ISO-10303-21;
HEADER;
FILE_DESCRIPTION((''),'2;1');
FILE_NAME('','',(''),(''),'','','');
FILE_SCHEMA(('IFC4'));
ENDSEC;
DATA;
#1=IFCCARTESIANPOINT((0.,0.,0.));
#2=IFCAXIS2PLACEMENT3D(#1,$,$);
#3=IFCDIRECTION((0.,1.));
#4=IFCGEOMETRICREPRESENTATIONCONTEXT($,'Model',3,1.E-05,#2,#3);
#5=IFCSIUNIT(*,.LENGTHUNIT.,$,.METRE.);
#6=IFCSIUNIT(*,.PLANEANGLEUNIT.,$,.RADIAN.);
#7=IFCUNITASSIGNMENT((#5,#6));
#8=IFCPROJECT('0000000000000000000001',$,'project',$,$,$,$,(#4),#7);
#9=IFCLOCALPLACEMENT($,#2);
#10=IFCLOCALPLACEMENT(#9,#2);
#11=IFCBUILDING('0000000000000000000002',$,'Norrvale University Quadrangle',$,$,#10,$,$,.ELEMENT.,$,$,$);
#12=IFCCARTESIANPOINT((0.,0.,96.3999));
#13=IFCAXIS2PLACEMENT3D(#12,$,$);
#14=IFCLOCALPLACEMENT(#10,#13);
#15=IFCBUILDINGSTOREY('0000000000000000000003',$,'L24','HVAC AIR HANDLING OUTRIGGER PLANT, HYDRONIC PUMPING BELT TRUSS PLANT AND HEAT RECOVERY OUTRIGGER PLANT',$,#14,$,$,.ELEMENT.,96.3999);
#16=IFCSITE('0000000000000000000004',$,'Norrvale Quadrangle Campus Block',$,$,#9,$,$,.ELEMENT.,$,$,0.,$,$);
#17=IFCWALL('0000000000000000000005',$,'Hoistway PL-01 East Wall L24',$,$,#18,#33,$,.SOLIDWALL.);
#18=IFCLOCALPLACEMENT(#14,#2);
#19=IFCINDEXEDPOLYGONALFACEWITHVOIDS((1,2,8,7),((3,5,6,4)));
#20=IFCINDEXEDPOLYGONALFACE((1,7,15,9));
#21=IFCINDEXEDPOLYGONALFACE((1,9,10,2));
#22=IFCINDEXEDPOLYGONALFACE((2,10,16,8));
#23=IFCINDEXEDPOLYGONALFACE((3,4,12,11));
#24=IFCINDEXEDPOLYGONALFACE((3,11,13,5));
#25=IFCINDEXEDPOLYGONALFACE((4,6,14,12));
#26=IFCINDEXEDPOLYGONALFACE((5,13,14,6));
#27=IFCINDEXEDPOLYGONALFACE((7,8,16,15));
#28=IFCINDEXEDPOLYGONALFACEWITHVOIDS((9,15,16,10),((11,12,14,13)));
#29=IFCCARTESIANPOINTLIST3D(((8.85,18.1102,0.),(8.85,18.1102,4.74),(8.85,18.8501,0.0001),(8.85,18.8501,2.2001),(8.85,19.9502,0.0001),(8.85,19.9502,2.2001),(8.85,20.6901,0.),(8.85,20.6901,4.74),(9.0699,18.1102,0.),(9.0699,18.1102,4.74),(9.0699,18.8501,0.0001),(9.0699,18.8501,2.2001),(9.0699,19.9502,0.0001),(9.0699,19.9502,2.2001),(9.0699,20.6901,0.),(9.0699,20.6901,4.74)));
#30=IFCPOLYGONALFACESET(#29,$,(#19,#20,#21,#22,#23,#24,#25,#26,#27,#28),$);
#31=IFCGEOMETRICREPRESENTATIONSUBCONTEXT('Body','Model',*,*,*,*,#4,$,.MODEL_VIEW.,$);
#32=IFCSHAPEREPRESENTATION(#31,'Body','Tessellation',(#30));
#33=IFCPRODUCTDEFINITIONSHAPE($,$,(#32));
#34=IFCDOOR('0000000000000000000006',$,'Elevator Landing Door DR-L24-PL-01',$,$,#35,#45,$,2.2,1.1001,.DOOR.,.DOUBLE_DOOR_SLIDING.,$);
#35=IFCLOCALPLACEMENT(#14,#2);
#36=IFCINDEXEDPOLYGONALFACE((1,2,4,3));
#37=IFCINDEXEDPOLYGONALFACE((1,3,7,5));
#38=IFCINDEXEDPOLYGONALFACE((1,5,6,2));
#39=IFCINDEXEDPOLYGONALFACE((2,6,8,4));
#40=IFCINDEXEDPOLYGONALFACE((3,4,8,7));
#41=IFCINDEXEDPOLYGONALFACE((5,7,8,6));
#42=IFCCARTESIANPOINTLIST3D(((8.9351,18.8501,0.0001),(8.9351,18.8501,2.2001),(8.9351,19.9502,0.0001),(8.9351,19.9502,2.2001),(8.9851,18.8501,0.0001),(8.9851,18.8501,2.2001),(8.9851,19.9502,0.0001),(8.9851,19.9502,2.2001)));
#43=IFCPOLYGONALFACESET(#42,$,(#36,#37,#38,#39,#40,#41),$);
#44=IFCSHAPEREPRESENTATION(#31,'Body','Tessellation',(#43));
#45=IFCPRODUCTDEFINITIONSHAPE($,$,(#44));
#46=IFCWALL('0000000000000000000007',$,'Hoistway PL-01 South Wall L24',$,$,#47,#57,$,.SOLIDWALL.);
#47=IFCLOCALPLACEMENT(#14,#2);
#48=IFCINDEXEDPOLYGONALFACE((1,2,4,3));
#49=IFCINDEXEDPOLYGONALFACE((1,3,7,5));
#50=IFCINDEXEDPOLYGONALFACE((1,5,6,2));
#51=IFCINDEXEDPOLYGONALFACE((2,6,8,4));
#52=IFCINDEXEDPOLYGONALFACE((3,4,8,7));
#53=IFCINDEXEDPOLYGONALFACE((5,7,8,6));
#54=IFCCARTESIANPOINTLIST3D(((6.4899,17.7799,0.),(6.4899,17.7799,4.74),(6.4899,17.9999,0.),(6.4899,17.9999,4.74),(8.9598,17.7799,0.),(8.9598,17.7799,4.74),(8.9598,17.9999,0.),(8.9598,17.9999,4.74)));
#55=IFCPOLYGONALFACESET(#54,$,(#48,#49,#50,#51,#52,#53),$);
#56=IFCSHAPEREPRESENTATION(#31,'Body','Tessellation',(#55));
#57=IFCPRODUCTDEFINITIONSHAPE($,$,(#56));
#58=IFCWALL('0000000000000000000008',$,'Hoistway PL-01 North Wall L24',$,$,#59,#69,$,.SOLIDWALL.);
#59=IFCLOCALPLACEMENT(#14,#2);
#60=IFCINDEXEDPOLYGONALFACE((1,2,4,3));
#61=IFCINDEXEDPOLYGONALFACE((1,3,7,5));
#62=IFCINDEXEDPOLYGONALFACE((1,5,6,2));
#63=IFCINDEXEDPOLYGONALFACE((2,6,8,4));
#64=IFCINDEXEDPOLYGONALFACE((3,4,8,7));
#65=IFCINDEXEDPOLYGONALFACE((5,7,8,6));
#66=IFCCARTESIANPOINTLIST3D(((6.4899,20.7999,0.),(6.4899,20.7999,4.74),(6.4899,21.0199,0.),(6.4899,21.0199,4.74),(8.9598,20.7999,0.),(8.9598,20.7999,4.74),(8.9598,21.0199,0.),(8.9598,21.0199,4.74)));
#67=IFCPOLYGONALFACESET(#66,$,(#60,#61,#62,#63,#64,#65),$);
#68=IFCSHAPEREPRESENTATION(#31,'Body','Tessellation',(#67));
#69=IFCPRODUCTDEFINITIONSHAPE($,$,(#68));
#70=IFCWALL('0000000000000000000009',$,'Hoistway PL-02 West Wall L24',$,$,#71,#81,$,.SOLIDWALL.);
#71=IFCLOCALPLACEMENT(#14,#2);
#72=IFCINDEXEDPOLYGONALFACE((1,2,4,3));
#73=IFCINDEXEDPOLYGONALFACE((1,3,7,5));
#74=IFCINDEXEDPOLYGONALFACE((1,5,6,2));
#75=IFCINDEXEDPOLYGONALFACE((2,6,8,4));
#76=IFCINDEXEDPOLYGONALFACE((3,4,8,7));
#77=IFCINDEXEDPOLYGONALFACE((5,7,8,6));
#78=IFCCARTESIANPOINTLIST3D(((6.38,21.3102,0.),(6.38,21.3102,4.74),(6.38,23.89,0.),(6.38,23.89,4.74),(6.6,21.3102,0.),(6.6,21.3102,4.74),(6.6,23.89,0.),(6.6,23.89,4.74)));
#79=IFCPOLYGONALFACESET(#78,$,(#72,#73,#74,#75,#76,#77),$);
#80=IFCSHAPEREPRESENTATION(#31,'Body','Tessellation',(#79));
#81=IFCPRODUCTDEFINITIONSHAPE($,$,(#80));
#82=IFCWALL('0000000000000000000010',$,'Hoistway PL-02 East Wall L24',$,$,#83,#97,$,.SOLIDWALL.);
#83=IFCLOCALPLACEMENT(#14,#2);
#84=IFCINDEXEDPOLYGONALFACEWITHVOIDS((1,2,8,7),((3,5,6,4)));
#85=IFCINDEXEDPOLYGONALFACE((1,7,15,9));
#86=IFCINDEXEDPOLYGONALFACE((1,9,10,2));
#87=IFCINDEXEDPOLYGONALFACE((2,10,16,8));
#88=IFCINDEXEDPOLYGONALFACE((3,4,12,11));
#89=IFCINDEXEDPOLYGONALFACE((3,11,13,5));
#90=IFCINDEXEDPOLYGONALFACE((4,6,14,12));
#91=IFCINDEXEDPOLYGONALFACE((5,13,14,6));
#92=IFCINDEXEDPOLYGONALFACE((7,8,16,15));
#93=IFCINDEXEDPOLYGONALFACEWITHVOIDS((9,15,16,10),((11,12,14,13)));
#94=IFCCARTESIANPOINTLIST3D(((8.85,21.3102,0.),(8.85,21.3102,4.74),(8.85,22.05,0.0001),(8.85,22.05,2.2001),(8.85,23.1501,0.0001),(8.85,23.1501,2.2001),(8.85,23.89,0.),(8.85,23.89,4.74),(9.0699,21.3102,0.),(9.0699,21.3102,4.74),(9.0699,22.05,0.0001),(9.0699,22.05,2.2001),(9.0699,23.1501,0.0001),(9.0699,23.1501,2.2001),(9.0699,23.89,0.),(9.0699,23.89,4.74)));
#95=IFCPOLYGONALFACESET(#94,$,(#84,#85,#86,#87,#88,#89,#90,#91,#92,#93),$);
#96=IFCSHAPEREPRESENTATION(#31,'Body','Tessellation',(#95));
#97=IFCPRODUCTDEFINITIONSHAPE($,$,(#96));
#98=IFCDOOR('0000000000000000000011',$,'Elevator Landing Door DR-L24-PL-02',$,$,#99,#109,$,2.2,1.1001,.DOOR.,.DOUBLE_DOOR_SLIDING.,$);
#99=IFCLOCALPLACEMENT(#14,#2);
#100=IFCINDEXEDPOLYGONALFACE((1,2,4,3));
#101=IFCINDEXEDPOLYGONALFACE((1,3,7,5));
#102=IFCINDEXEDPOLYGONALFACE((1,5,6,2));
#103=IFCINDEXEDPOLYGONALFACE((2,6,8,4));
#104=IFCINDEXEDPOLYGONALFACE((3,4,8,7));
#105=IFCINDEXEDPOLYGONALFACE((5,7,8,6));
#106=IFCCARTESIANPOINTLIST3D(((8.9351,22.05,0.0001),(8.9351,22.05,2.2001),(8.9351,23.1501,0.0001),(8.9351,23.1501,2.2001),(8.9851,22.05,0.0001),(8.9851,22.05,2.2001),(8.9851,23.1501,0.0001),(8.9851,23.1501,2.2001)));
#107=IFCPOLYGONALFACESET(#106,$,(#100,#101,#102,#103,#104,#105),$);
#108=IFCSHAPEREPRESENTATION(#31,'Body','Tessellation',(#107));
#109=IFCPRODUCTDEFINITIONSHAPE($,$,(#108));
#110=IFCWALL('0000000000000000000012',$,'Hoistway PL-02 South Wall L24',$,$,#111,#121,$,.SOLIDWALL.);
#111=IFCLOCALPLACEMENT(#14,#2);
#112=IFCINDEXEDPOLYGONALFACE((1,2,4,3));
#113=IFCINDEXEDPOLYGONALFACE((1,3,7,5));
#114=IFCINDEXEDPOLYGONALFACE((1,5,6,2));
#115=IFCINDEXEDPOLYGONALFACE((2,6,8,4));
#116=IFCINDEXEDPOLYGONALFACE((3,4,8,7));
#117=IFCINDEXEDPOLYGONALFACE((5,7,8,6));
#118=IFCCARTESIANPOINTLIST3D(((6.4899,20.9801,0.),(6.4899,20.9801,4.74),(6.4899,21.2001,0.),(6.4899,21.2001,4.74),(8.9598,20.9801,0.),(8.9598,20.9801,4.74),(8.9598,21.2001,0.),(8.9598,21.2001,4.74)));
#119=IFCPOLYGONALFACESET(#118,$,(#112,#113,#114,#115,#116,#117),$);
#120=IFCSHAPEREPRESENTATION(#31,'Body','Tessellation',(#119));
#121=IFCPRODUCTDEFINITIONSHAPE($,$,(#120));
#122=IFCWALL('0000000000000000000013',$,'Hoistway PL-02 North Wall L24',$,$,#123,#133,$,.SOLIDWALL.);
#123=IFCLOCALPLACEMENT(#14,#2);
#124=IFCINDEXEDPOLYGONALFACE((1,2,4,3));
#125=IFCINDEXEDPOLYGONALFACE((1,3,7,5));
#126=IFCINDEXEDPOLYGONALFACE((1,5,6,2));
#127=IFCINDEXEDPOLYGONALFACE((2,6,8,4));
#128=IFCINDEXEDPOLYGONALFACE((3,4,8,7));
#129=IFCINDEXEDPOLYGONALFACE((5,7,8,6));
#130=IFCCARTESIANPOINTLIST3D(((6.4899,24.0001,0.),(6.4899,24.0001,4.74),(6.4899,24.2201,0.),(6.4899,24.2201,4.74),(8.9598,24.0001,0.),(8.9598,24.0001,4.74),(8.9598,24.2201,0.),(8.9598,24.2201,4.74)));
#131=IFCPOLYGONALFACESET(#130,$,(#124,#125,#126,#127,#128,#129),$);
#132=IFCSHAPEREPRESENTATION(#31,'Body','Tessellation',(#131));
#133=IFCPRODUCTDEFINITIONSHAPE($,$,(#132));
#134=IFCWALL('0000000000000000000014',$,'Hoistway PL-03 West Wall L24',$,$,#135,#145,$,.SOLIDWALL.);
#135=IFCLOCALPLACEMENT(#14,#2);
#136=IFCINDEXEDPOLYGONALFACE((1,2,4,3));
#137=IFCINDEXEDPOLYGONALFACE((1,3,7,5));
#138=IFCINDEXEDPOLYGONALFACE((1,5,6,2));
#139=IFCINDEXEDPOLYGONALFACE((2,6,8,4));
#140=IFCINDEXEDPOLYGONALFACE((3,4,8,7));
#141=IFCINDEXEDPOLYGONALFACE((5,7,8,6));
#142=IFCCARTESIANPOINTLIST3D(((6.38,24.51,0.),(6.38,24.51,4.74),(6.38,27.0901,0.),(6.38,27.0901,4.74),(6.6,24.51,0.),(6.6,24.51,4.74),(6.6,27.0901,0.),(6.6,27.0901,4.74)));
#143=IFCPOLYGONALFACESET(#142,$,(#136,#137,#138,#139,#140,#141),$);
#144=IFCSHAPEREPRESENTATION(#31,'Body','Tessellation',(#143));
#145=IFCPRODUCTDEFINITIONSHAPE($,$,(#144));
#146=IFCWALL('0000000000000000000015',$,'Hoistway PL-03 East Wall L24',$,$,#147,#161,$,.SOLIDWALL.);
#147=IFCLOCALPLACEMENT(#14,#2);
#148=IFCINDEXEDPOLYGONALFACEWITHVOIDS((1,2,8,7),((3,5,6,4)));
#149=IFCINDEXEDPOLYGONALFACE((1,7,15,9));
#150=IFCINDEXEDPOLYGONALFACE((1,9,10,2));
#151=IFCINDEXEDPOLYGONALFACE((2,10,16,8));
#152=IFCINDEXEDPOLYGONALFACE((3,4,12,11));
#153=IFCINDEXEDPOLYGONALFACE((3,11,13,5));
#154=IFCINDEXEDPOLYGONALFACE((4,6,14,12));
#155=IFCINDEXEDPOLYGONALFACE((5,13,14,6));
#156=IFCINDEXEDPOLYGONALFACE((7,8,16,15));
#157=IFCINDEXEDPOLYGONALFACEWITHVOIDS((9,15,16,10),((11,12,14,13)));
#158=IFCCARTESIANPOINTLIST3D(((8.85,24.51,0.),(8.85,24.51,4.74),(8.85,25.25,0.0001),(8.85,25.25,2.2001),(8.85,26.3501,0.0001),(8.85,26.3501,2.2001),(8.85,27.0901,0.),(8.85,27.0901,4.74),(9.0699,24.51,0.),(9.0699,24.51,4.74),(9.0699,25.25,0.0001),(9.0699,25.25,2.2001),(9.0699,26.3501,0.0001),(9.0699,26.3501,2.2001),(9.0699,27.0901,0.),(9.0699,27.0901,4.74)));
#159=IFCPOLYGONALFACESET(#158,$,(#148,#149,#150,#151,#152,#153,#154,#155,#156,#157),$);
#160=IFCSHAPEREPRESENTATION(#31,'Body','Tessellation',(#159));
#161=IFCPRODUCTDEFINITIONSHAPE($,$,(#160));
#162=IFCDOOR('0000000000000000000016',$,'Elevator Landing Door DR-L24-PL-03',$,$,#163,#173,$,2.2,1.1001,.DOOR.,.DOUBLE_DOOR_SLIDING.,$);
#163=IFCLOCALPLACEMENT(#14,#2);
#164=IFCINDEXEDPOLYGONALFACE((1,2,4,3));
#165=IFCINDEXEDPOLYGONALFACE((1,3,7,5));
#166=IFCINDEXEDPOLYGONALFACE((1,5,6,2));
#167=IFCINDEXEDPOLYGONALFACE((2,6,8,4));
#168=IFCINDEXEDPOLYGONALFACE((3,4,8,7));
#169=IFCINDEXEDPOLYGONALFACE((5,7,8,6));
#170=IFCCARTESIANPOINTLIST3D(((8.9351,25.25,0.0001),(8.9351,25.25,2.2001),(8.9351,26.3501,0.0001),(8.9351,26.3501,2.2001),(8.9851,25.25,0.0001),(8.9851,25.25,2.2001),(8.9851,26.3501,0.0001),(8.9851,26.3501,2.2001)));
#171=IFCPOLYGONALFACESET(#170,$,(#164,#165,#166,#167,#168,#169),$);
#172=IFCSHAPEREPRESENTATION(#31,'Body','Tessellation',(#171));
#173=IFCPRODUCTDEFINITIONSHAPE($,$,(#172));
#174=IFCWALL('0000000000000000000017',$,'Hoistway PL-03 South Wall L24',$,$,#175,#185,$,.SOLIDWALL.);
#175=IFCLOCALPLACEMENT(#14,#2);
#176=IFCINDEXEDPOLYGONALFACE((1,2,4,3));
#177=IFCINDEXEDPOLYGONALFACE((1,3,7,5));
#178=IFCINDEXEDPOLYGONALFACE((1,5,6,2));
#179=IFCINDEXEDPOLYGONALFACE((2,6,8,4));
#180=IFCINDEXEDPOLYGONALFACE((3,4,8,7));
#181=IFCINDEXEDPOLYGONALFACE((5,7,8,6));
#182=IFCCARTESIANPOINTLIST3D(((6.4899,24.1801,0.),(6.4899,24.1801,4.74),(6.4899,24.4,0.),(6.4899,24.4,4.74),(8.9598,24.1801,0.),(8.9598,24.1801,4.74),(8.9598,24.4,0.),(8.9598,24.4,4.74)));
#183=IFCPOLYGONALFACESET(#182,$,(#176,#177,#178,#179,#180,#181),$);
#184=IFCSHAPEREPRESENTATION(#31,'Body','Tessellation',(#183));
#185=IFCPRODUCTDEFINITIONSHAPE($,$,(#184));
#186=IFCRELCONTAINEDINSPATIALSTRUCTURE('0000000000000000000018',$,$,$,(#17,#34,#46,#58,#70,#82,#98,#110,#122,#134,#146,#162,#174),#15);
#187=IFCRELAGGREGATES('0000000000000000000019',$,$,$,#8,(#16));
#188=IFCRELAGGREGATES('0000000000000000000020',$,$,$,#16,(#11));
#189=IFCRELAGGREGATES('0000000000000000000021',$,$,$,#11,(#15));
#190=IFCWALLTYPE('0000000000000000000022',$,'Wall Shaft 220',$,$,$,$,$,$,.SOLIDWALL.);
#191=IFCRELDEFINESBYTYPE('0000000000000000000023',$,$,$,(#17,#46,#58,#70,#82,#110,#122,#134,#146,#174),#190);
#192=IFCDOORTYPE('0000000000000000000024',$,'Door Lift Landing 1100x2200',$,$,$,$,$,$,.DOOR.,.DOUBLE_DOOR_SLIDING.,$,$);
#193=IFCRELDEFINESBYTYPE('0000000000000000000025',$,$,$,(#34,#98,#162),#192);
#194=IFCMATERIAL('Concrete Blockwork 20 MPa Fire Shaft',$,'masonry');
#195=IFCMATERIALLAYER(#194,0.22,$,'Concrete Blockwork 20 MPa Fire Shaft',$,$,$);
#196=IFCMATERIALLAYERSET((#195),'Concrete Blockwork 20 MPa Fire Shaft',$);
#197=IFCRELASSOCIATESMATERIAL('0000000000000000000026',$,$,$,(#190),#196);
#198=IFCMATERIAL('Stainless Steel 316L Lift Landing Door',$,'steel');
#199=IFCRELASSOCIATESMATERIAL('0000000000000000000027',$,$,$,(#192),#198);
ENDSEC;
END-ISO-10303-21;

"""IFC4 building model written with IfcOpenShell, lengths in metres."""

from ifc_helpers import new_model, si_unit, direction, frame, frame_2d, origin, place, context, subcontext, project, spatial, rectangle, extrude, material, layer, layer_set, type_object, element, fill, save


model = new_model("IFC4")

# Units and contexts
model_context = context("Model", 3, precision=1e-05, world=origin(), true_north=direction((0.0, 1.0)))
body_context = subcontext(model_context, "Body", "Model", "MODEL_VIEW")
ifc_project = project(units=[si_unit("LENGTHUNIT", "METRE"), si_unit("PLANEANGLEUNIT", "RADIAN")], contexts=[model_context])

# Site, building, storey
site_placement = place(None, origin())
site = spatial("IfcSite", under=ifc_project, at=site_placement, Name="Norrvale Quadrangle Campus Block", CompositionType="ELEMENT", RefElevation=0.0)
building_placement = place(site_placement, origin())
building = spatial("IfcBuilding", under=site, at=building_placement, Name="Norrvale University Quadrangle", CompositionType="ELEMENT")
storey_placement = place(building_placement, frame((0.0, 0.0, 96.3999)))
storey = spatial("IfcBuildingStorey", under=building, at=storey_placement, Name="L24", Description="HVAC AIR HANDLING OUTRIGGER PLANT, HYDRONIC PUMPING BELT TRUSS PLANT AND HEAT RECOVERY OUTRIGGER PLANT", CompositionType="ELEMENT", Elevation=96.3999)

# Shared definitions
ifc_material_1 = material(Name="Concrete Blockwork 20 MPa Fire Shaft", Category="masonry")
ifc_layer_1 = layer(ifc_material_1, 0.22, Name="Concrete Blockwork 20 MPa Fire Shaft")
ifc_layer_set_1 = layer_set([ifc_layer_1], Name="Concrete Blockwork 20 MPa Fire Shaft")
wall_type_1 = type_object("IfcWallType", Name="Wall Shaft 220", PredefinedType="SOLIDWALL", material=ifc_layer_set_1)

# Wall, opening, door
wall_1_placement = place(storey_placement, frame((8.96, 18.1101, 0.0), z_axis=(0.0, 0.0, 1.0), x_axis=(0.0, 1.0, 0.0)))
wall_1 = element("IfcWall", 1, at=wall_1_placement, inside=storey, type_object=wall_type_1, Name="Hoistway PL-01 East Wall L24", PredefinedType="SOLIDWALL", context=body_context, shape_type="SweptSolid", body=[
    extrude(rectangle(XDim=2.5798, YDim=0.22, at=frame_2d((1.29, 0.0))), origin(), (0.0, 0.0, 1.0), 4.74),
])
opening_1_placement = place(wall_1_placement, frame((0.74, 0.0, 0.0)))
opening_1 = element("IfcOpeningElement", 2, at=opening_1_placement, cuts=wall_1, PredefinedType="OPENING", context=body_context, shape_type="SweptSolid", body=[
    extrude(rectangle(XDim=1.1001, YDim=2.2, at=frame_2d((0.55, 1.1001))), frame((0.0, 0.1221, 0.0), z_axis=(0.0, -1.0, 0.0), x_axis=(1.0, 0.0, 0.0)), (0.0, 0.0, 1.0), 0.2439),
])
ifc_material_2 = material(Name="Stainless Steel 316L Lift Landing Door", Category="steel")
door_type_1 = type_object("IfcDoorType", Name="Door Lift Landing 1100x2200", OperationType="DOUBLE_DOOR_SLIDING", PredefinedType="DOOR", material=ifc_material_2)
door_1_placement = place(opening_1_placement, origin())
door_1 = element("IfcDoor", 3, at=door_1_placement, inside=storey, type_object=door_type_1, Name="Elevator Landing Door DR-L24-PL-01", OperationType="DOUBLE_DOOR_SLIDING", OverallHeight=2.2, OverallWidth=1.1001, PredefinedType="DOOR", context=body_context, shape_type="SweptSolid", body=[
    extrude(rectangle(XDim=1.1001, YDim=2.2, at=frame_2d((0.55, 1.1001))), frame((0.0, 0.0249, 0.0), z_axis=(0.0, -1.0, 0.0), x_axis=(1.0, 0.0, 0.0)), (0.0, 0.0, 1.0), 0.05),
])
fill(opening_1, door_1)

# Walls
for number, where, z_axis, x_axis, name in (
    (4, (6.49, 17.8899, 0.0), (0.0, 0.0, 1.0), (1.0, 0.0, 0.0), "Hoistway PL-01 South Wall L24"),
    (5, (6.49, 20.9099, 0.0), (0.0, 0.0, 1.0), (1.0, 0.0, 0.0), "Hoistway PL-01 North Wall L24"),
):
    element("IfcWall", number, at=place(storey_placement, frame(where, z_axis=z_axis, x_axis=x_axis)), inside=storey, type_object=wall_type_1, Name=name, PredefinedType="SOLIDWALL", context=body_context, shape_type="SweptSolid", body=[
        extrude(rectangle(XDim=2.47, YDim=0.22, at=frame_2d((1.2349, 0.0))), origin(), (0.0, 0.0, 1.0), 4.74),
    ])
wall_2_placement = place(storey_placement, frame((6.49, 21.3101, 0.0), z_axis=(0.0, 0.0, 1.0), x_axis=(0.0, 1.0, 0.0)))
element("IfcWall", 6, at=wall_2_placement, inside=storey, type_object=wall_type_1, Name="Hoistway PL-02 West Wall L24", PredefinedType="SOLIDWALL", context=body_context, shape_type="SweptSolid", body=[
    extrude(rectangle(XDim=2.5798, YDim=0.22, at=frame_2d((1.29, 0.0))), origin(), (0.0, 0.0, 1.0), 4.74),
])

# Wall, opening, door
wall_3_placement = place(storey_placement, frame((8.96, 21.3101, 0.0), z_axis=(0.0, 0.0, 1.0), x_axis=(0.0, 1.0, 0.0)))
wall_3 = element("IfcWall", 7, at=wall_3_placement, inside=storey, type_object=wall_type_1, Name="Hoistway PL-02 East Wall L24", PredefinedType="SOLIDWALL", context=body_context, shape_type="SweptSolid", body=[
    extrude(rectangle(XDim=2.5798, YDim=0.22, at=frame_2d((1.29, 0.0))), origin(), (0.0, 0.0, 1.0), 4.74),
])
opening_2_placement = place(wall_3_placement, frame((0.74, 0.0, 0.0)))
opening_2 = element("IfcOpeningElement", 8, at=opening_2_placement, cuts=wall_3, PredefinedType="OPENING", context=body_context, shape_type="SweptSolid", body=[
    extrude(rectangle(XDim=1.1001, YDim=2.2, at=frame_2d((0.55, 1.1001))), frame((0.0, 0.1221, 0.0), z_axis=(0.0, -1.0, 0.0), x_axis=(1.0, 0.0, 0.0)), (0.0, 0.0, 1.0), 0.2439),
])
door_2_placement = place(opening_2_placement, origin())
door_2 = element("IfcDoor", 9, at=door_2_placement, inside=storey, type_object=door_type_1, Name="Elevator Landing Door DR-L24-PL-02", OperationType="DOUBLE_DOOR_SLIDING", OverallHeight=2.2, OverallWidth=1.1001, PredefinedType="DOOR", context=body_context, shape_type="SweptSolid", body=[
    extrude(rectangle(XDim=1.1001, YDim=2.2, at=frame_2d((0.55, 1.1001))), frame((0.0, 0.0249, 0.0), z_axis=(0.0, -1.0, 0.0), x_axis=(1.0, 0.0, 0.0)), (0.0, 0.0, 1.0), 0.05),
])
fill(opening_2, door_2)

# Walls
for number, where, z_axis, x_axis, name in (
    (10, (6.49, 21.0901, 0.0), (0.0, 0.0, 1.0), (1.0, 0.0, 0.0), "Hoistway PL-02 South Wall L24"),
    (11, (6.49, 24.1101, 0.0), (0.0, 0.0, 1.0), (1.0, 0.0, 0.0), "Hoistway PL-02 North Wall L24"),
):
    element("IfcWall", number, at=place(storey_placement, frame(where, z_axis=z_axis, x_axis=x_axis)), inside=storey, type_object=wall_type_1, Name=name, PredefinedType="SOLIDWALL", context=body_context, shape_type="SweptSolid", body=[
        extrude(rectangle(XDim=2.47, YDim=0.22, at=frame_2d((1.2349, 0.0))), origin(), (0.0, 0.0, 1.0), 4.74),
    ])
wall_4_placement = place(storey_placement, frame((6.49, 24.51, 0.0), z_axis=(0.0, 0.0, 1.0), x_axis=(0.0, 1.0, 0.0)))
element("IfcWall", 12, at=wall_4_placement, inside=storey, type_object=wall_type_1, Name="Hoistway PL-03 West Wall L24", PredefinedType="SOLIDWALL", context=body_context, shape_type="SweptSolid", body=[
    extrude(rectangle(XDim=2.5801, YDim=0.22, at=frame_2d((1.29, 0.0))), origin(), (0.0, 0.0, 1.0), 4.74),
])

# Wall, opening, door
wall_5_placement = place(storey_placement, frame((8.96, 24.51, 0.0), z_axis=(0.0, 0.0, 1.0), x_axis=(0.0, 1.0, 0.0)))
wall_5 = element("IfcWall", 13, at=wall_5_placement, inside=storey, type_object=wall_type_1, Name="Hoistway PL-03 East Wall L24", PredefinedType="SOLIDWALL", context=body_context, shape_type="SweptSolid", body=[
    extrude(rectangle(XDim=2.5801, YDim=0.22, at=frame_2d((1.29, 0.0))), origin(), (0.0, 0.0, 1.0), 4.74),
])
opening_3_placement = place(wall_5_placement, frame((0.74, 0.0, 0.0)))
opening_3 = element("IfcOpeningElement", 14, at=opening_3_placement, cuts=wall_5, PredefinedType="OPENING", context=body_context, shape_type="SweptSolid", body=[
    extrude(rectangle(XDim=1.1001, YDim=2.2, at=frame_2d((0.55, 1.1001))), frame((0.0, 0.1221, 0.0), z_axis=(0.0, -1.0, 0.0), x_axis=(1.0, 0.0, 0.0)), (0.0, 0.0, 1.0), 0.2439),
])
door_3_placement = place(opening_3_placement, origin())
door_3 = element("IfcDoor", 15, at=door_3_placement, inside=storey, type_object=door_type_1, Name="Elevator Landing Door DR-L24-PL-03", OperationType="DOUBLE_DOOR_SLIDING", OverallHeight=2.2, OverallWidth=1.1001, PredefinedType="DOOR", context=body_context, shape_type="SweptSolid", body=[
    extrude(rectangle(XDim=1.1001, YDim=2.2, at=frame_2d((0.55, 1.1001))), frame((0.0, 0.0249, 0.0), z_axis=(0.0, -1.0, 0.0), x_axis=(1.0, 0.0, 0.0)), (0.0, 0.0, 1.0), 0.05),
])
fill(opening_3, door_3)

# Wall
wall_6_placement = place(storey_placement, frame((6.49, 24.29, 0.0), z_axis=(0.0, 0.0, 1.0), x_axis=(1.0, 0.0, 0.0)))
element("IfcWall", 16, at=wall_6_placement, inside=storey, type_object=wall_type_1, Name="Hoistway PL-03 South Wall L24", PredefinedType="SOLIDWALL", context=body_context, shape_type="SweptSolid", body=[
    extrude(rectangle(XDim=2.47, YDim=0.22, at=frame_2d((1.2349, 0.0))), origin(), (0.0, 0.0, 1.0), 4.74),
])

save(model, "model.ifc")
